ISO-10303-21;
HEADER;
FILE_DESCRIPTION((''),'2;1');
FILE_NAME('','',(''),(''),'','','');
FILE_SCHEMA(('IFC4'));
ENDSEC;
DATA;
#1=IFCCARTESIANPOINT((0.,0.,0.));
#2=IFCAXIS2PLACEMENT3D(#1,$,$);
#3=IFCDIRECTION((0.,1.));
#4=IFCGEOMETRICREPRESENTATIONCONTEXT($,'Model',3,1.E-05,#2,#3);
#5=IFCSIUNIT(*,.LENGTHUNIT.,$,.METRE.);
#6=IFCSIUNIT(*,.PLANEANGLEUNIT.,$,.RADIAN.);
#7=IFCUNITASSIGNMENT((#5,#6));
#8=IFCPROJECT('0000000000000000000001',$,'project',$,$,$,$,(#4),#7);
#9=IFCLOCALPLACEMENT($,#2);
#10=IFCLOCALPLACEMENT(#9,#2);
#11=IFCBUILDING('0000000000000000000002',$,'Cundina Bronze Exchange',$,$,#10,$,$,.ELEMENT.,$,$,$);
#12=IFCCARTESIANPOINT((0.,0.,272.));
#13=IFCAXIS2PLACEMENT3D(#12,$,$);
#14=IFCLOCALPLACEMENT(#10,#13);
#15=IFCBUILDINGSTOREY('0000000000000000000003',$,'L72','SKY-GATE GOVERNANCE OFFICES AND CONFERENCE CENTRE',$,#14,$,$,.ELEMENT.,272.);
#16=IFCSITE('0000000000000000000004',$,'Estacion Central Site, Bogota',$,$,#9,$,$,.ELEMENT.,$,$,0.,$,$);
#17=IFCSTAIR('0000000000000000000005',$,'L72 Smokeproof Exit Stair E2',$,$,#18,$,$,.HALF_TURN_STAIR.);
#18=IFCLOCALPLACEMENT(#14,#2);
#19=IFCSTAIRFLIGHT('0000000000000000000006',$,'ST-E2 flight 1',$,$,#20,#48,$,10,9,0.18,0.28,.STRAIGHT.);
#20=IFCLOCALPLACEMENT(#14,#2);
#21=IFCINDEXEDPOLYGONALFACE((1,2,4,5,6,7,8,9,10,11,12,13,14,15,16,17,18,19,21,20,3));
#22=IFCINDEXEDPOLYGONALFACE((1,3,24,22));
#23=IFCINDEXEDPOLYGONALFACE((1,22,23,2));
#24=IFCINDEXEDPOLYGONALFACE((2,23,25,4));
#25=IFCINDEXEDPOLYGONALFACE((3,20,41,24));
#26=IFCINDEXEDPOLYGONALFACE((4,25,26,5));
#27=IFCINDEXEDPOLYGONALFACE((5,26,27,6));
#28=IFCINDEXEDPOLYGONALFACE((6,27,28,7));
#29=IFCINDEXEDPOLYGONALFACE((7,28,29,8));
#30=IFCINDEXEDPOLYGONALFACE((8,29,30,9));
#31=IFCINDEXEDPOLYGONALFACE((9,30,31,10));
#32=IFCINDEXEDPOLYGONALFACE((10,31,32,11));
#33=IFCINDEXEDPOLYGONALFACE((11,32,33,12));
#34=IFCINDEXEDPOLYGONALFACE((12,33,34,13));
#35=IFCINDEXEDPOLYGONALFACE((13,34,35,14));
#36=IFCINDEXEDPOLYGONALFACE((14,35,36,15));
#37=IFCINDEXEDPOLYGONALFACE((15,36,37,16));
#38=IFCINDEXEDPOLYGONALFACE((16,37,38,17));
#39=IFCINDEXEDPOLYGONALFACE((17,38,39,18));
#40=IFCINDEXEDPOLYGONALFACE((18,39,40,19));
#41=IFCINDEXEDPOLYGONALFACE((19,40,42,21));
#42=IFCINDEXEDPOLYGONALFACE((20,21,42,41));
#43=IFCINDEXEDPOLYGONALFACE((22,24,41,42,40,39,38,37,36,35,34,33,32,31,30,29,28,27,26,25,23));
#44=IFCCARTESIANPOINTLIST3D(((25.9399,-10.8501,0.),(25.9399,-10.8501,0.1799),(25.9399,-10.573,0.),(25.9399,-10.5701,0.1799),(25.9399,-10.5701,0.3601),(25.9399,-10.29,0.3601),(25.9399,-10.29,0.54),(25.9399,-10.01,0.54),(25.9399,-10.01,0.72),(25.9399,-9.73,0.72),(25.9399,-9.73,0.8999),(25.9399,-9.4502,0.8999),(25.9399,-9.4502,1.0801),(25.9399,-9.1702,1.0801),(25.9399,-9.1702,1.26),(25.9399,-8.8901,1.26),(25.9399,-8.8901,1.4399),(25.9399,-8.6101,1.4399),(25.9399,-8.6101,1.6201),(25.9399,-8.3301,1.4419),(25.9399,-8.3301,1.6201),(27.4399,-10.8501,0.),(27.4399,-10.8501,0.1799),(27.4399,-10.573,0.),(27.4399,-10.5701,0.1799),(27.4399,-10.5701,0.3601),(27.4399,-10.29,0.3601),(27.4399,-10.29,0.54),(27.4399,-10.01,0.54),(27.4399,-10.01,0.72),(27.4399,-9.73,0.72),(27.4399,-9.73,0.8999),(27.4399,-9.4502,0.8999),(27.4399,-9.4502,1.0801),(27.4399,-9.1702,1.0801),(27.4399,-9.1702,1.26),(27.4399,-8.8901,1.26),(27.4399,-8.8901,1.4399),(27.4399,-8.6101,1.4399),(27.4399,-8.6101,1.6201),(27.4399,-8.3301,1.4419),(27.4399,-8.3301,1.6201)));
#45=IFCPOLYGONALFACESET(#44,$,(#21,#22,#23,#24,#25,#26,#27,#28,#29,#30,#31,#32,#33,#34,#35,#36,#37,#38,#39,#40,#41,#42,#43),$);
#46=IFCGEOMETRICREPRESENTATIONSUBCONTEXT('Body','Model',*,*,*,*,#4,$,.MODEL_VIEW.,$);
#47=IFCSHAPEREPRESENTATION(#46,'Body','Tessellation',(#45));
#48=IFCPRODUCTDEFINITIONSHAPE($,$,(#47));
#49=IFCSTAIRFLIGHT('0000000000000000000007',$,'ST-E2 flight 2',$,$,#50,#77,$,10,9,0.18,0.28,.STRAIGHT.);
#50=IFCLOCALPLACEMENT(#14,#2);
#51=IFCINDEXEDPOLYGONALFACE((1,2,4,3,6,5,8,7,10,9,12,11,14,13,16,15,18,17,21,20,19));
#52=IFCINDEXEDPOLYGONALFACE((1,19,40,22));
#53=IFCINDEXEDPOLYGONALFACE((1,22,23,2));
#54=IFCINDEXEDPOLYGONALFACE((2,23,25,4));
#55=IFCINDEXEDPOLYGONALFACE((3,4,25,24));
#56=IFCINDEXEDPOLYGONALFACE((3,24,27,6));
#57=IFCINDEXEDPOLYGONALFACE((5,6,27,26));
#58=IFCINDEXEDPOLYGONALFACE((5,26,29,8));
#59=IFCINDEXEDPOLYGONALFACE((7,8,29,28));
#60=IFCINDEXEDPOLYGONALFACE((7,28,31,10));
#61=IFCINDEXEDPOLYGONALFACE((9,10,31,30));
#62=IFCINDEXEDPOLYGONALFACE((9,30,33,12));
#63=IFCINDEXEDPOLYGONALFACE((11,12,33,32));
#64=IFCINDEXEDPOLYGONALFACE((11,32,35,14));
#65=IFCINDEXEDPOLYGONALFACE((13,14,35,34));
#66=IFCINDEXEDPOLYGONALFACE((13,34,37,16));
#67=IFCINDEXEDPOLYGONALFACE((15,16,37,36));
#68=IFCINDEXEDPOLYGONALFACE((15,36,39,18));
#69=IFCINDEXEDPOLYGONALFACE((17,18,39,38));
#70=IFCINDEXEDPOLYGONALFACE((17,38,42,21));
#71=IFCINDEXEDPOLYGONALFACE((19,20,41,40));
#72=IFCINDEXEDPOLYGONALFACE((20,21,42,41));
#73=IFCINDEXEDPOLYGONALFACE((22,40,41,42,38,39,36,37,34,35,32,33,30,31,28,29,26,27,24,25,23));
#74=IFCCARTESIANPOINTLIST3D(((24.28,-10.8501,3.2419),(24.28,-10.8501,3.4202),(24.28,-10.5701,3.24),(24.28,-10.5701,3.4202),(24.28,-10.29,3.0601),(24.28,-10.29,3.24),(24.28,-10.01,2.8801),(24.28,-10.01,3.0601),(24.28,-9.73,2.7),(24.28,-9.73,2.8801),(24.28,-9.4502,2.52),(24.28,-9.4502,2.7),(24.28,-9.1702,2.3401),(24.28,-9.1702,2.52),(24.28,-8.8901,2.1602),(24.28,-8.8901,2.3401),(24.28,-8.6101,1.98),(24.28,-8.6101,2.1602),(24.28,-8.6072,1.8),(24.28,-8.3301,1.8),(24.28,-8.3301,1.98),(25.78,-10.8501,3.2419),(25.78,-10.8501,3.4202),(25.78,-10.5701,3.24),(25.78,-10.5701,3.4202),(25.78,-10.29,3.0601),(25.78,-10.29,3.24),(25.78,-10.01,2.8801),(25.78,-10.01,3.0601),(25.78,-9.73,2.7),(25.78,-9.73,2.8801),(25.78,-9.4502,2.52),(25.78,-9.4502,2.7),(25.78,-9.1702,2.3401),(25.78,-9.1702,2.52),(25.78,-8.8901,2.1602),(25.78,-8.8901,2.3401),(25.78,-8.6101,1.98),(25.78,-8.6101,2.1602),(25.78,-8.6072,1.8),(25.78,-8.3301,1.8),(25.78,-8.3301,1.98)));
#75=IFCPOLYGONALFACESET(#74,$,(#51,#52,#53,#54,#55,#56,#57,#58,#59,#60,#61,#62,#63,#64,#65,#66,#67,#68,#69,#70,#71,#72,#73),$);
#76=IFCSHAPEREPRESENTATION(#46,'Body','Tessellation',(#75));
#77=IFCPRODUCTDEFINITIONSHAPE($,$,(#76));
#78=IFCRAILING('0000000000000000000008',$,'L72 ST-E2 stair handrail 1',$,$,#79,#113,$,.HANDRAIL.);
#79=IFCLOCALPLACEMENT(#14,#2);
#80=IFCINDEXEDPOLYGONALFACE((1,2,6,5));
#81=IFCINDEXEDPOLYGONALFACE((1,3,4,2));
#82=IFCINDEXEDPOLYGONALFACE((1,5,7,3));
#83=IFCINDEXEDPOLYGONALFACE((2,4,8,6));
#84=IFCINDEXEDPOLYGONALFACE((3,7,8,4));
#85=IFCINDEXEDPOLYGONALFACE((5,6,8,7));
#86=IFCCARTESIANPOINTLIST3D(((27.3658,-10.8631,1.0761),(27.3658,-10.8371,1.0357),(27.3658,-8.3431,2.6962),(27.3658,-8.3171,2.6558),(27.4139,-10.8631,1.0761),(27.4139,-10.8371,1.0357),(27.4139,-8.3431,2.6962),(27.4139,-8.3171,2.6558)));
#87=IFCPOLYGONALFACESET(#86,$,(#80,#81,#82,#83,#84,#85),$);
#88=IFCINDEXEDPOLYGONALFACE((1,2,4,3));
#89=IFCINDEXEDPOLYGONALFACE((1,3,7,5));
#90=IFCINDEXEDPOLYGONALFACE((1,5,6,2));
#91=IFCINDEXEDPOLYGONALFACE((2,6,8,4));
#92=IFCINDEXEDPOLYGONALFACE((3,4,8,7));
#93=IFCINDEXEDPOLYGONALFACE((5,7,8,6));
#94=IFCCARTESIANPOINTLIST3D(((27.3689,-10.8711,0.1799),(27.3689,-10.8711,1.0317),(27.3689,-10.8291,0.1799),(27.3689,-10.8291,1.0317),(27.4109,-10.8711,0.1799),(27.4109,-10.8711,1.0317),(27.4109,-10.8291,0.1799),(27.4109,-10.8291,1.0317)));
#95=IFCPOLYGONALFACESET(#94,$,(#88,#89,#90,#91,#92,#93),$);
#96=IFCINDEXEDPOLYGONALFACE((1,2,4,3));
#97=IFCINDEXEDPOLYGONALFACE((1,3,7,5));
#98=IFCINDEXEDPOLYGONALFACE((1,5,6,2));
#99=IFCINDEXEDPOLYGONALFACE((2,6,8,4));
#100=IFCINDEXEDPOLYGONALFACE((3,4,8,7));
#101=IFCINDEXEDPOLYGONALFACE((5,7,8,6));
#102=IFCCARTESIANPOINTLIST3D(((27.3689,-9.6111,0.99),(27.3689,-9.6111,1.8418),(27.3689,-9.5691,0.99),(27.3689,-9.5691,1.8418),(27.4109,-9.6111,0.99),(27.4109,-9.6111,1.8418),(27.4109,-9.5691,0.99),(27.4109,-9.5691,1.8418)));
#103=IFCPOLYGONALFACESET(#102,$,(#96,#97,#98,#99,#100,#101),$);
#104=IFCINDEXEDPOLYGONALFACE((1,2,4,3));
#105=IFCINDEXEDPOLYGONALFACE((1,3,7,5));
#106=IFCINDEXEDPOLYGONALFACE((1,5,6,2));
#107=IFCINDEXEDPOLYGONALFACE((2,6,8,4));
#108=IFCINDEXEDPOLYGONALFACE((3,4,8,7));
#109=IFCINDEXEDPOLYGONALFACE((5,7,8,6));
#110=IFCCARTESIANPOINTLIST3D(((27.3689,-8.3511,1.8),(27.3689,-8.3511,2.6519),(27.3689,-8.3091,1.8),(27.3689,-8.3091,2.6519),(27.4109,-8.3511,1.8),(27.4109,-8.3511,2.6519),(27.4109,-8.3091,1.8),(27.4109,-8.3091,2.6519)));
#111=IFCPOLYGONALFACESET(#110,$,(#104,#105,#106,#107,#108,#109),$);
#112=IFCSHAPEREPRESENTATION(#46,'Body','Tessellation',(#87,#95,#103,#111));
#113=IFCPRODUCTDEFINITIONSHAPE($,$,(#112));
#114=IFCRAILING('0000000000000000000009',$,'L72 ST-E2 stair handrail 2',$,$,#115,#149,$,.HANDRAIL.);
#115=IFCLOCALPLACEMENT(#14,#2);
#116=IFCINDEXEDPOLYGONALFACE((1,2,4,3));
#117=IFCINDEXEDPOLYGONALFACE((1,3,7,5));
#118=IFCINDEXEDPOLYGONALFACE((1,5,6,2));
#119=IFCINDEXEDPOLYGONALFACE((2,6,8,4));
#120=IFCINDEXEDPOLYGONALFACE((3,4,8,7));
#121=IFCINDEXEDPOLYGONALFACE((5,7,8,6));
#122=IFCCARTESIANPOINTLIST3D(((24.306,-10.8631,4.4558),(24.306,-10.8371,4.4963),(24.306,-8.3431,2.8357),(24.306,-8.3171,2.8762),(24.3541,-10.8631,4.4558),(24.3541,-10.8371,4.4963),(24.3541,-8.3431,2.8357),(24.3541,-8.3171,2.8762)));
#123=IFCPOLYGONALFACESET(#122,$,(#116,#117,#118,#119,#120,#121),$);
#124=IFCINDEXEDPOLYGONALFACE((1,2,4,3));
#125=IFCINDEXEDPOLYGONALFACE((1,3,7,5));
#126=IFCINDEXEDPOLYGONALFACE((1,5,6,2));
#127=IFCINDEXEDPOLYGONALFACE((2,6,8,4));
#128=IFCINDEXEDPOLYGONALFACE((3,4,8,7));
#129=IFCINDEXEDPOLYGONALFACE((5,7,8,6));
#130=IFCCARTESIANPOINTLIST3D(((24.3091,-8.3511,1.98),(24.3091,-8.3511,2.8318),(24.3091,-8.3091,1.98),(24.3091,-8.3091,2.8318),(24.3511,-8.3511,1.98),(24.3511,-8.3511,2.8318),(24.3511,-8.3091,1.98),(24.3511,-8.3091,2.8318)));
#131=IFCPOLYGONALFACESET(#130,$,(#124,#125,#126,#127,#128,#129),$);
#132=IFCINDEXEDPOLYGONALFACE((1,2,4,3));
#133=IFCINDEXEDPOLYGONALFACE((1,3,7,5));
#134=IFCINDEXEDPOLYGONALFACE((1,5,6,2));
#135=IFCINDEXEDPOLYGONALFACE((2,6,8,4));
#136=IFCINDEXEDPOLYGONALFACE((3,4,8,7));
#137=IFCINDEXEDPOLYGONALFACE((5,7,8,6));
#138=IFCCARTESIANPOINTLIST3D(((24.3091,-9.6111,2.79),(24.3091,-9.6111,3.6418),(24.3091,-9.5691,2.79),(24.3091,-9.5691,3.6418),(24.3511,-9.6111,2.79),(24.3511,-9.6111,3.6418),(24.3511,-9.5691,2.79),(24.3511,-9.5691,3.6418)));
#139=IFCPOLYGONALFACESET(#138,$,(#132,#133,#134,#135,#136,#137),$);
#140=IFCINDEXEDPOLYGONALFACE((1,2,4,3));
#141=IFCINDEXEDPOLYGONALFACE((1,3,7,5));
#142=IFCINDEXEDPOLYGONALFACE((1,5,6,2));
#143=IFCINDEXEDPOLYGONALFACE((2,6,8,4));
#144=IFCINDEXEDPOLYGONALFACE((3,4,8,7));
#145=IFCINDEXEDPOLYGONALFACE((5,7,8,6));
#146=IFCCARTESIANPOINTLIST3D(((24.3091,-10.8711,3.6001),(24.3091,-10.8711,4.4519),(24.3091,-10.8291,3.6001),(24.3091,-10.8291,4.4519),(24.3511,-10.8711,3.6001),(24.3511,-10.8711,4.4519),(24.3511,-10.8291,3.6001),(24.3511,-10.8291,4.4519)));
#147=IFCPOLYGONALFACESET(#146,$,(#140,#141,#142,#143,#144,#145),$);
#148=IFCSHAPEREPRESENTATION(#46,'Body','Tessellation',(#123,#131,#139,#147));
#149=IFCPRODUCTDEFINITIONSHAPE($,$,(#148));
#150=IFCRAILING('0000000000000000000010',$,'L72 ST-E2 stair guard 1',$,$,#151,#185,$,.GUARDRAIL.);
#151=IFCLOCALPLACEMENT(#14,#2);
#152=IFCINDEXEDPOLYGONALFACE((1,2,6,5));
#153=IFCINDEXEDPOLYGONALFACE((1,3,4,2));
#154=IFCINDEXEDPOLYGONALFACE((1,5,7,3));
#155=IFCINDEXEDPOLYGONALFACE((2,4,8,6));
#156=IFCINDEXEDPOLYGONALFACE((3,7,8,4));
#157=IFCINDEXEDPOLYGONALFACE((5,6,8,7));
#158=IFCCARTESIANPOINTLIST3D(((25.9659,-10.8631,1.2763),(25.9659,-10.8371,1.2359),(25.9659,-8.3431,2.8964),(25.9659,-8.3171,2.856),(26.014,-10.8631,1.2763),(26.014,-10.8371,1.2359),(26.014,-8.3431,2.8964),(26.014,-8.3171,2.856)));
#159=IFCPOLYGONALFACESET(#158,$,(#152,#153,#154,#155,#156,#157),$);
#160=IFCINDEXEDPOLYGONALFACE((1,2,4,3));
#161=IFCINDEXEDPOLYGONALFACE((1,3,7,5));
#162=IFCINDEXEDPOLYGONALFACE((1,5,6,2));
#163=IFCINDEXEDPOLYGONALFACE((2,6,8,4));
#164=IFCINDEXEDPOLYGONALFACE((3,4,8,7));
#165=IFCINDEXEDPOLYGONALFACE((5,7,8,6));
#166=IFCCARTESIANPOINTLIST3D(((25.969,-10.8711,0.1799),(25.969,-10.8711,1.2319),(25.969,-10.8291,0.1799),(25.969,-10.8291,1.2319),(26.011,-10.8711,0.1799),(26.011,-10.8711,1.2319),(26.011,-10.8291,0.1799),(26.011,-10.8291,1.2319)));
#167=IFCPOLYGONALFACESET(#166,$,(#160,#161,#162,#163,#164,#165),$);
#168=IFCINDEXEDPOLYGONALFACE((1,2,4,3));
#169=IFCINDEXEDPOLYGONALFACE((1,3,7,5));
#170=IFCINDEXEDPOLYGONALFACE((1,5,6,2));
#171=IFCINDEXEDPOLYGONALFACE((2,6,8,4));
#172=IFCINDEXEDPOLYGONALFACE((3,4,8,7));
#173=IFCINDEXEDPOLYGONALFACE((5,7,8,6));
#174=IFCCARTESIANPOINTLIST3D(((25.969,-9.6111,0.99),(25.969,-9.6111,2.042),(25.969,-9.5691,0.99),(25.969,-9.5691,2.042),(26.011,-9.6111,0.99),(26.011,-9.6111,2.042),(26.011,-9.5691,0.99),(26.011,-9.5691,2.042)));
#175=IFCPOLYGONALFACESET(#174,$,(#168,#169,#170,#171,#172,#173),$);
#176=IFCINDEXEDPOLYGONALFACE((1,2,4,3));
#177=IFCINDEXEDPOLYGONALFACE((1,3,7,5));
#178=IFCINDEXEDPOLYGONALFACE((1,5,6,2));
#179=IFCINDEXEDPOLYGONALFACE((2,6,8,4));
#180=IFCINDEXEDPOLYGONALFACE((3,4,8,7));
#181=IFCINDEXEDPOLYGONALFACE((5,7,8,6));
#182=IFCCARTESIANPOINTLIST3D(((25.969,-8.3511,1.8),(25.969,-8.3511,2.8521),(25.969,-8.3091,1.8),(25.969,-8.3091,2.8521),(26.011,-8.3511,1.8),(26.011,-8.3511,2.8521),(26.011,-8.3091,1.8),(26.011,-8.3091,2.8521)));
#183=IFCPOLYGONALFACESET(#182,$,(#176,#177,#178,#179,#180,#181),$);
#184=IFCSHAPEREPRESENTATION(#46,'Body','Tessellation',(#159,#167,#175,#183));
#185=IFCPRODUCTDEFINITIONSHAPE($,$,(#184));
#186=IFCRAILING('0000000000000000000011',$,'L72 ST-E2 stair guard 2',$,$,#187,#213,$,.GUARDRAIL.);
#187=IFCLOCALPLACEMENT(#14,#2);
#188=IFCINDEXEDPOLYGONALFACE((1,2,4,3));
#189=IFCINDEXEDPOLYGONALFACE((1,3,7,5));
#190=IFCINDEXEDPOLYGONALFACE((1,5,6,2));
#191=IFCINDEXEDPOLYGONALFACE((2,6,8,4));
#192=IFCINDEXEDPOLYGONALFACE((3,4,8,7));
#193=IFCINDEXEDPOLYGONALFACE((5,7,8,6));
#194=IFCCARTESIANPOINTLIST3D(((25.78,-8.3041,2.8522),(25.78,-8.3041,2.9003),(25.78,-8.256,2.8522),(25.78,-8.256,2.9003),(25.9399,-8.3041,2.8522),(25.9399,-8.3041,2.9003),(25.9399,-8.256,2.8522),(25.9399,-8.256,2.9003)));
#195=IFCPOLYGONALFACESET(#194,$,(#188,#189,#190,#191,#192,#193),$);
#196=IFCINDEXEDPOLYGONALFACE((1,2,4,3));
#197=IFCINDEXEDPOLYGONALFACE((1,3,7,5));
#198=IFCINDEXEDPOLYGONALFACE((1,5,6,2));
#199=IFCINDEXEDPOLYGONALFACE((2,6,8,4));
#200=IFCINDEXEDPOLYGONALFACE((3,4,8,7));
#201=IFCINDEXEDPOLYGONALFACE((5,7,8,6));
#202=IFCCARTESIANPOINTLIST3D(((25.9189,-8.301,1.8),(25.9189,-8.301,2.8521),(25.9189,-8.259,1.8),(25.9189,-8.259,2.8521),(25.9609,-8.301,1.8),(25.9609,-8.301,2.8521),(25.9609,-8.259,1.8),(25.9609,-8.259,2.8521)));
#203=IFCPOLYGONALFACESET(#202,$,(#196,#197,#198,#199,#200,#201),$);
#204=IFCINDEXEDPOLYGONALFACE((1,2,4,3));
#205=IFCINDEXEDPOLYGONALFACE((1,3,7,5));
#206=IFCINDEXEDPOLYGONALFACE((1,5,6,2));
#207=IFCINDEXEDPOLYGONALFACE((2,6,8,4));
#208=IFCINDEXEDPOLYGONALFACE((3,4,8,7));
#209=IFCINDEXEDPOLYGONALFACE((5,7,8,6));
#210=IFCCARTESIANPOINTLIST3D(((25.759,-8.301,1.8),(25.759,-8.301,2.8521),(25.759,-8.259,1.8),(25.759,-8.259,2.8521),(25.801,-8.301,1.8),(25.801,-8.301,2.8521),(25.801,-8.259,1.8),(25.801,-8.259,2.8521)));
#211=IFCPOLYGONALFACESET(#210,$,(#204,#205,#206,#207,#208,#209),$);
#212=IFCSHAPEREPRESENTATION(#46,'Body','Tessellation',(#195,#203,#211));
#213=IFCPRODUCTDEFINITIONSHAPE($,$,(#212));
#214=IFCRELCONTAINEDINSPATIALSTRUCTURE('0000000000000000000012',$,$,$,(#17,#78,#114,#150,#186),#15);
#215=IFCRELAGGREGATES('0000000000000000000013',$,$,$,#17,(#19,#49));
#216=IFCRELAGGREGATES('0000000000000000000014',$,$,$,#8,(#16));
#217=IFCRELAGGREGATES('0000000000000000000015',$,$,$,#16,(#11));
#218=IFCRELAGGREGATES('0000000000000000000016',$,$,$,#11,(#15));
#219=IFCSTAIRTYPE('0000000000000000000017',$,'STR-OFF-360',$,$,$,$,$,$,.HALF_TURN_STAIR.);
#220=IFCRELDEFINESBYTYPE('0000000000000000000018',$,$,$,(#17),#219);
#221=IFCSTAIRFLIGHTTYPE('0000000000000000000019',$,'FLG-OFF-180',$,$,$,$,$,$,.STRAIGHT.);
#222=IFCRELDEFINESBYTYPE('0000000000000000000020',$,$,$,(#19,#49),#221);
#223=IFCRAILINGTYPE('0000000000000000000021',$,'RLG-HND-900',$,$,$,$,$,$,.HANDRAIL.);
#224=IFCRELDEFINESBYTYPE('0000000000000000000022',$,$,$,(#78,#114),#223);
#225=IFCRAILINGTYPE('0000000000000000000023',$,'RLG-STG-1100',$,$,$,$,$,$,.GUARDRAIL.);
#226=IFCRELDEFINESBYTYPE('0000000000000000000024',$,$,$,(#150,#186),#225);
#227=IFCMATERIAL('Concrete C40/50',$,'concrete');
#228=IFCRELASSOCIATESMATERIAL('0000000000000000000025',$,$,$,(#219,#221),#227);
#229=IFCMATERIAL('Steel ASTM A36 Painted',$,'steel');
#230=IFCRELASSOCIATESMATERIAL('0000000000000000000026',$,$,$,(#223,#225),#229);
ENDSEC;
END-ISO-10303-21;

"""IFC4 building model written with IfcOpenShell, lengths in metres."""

from ifc_helpers import new_model, si_unit, direction, frame, origin, origin_2d, place, context, subcontext, project, spatial, polyline, rectangle, outline, extrude, material, type_object, element, aggregate, save


model = new_model("IFC4")

# Units and contexts
model_context = context("Model", 3, precision=1e-05, world=origin(), true_north=direction((0.0, 1.0)))
body_context = subcontext(model_context, "Body", "Model", "MODEL_VIEW")
ifc_project = project(units=[si_unit("LENGTHUNIT", "METRE"), si_unit("PLANEANGLEUNIT", "RADIAN")], contexts=[model_context])

# Site, building, storey
site_placement = place(None, origin())
site = spatial("IfcSite", under=ifc_project, at=site_placement, Name="Estacion Central Site, Bogota", CompositionType="ELEMENT", RefElevation=0.0)
building_placement = place(site_placement, origin())
building = spatial("IfcBuilding", under=site, at=building_placement, Name="Cundina Bronze Exchange", CompositionType="ELEMENT")
storey_placement = place(building_placement, frame((0.0, 0.0, 272.0)))
storey = spatial("IfcBuildingStorey", under=building, at=storey_placement, Name="L72", Description="SKY-GATE GOVERNANCE OFFICES AND CONFERENCE CENTRE", CompositionType="ELEMENT", Elevation=272.0)

# Shared definitions
ifc_material_1 = material(Name="Steel ASTM A36 Painted", Category="steel")

# Stair, stair flights
ifc_material_2 = material(Name="Concrete C40/50", Category="concrete")
stair_type = type_object("IfcStairType", Name="STR-OFF-360", PredefinedType="HALF_TURN_STAIR", material=ifc_material_2)
stair_placement = place(storey_placement, origin())
stair = element("IfcStair", 1, at=stair_placement, inside=storey, type_object=stair_type, Name="L72 Smokeproof Exit Stair E2", PredefinedType="HALF_TURN_STAIR")
stair_flight_type = type_object("IfcStairFlightType", Name="FLG-OFF-180", PredefinedType="STRAIGHT", material=ifc_material_2)
stair_flight_1_placement = place(storey_placement, frame((26.6899, -10.8501, 0.0), z_axis=(0.0, 0.0, 1.0), x_axis=(0.0, 1.0, 0.0)))
stair_flight_1 = element("IfcStairFlight", 2, at=stair_flight_1_placement, type_object=stair_flight_type, Name="ST-E2 flight 1", NumberOfRisers=10, NumberOfTreads=9, PredefinedType="STRAIGHT", RiserHeight=0.18, TreadLength=0.28, context=body_context, shape_type="SweptSolid", body=[
    extrude(outline(polyline([(0.0, 0.0), (0.0, 0.1799), (0.28, 0.1799), (0.28, 0.3601), (0.5601, 0.3601), (0.5601, 0.54), (0.8401, 0.54), (0.8401, 0.72), (1.1201, 0.72), (1.1201, 0.8999), (1.3999, 0.8999), (1.3999, 1.0801), (1.6799, 1.0801), (1.6799, 1.26), (1.96, 1.26), (1.96, 1.4399), (2.24, 1.4399), (2.24, 1.6201), (2.52, 1.6201), (2.52, 1.8), (2.52, 1.4419), (0.2771, 0.0), (0.0, 0.0)])), frame((0.0, 0.75, 0.0), z_axis=(0.0, -1.0, 0.0), x_axis=(1.0, 0.0, 0.0)), (0.0, 0.0, 1.0), 1.5),
])
stair_flight_2_placement = place(storey_placement, frame((25.03, -8.3301, 1.8), z_axis=(0.0, 0.0, 1.0), x_axis=(0.0, -1.0, 0.0)))
stair_flight_2 = element("IfcStairFlight", 3, at=stair_flight_2_placement, type_object=stair_flight_type, Name="ST-E2 flight 2", NumberOfRisers=10, NumberOfTreads=9, PredefinedType="STRAIGHT", RiserHeight=0.18, TreadLength=0.28, context=body_context, shape_type="SweptSolid", body=[
    extrude(outline(polyline([(0.0, 0.0), (0.0, 0.1799), (0.28, 0.1799), (0.28, 0.3601), (0.5601, 0.3601), (0.5601, 0.54), (0.8401, 0.54), (0.8401, 0.72), (1.1201, 0.72), (1.1201, 0.8999), (1.3999, 0.8999), (1.3999, 1.0801), (1.6799, 1.0801), (1.6799, 1.26), (1.96, 1.26), (1.96, 1.4399), (2.24, 1.4399), (2.24, 1.6201), (2.52, 1.6201), (2.52, 1.8), (2.52, 1.4419), (0.2771, 0.0), (0.0, 0.0)])), frame((0.0, 0.75, 0.0), z_axis=(0.0, -1.0, 0.0), x_axis=(1.0, 0.0, 0.0)), (0.0, 0.0, 1.0), 1.5),
])
aggregate(stair, [stair_flight_1, stair_flight_2])

# Railings
railing_type_1 = type_object("IfcRailingType", Name="RLG-HND-900", PredefinedType="HANDRAIL", material=ifc_material_1)
railing_1_placement = place(storey_placement, frame((27.3899, -10.8501, 0.1799)))
element("IfcRailing", 4, at=railing_1_placement, inside=storey, type_object=railing_type_1, Name="L72 ST-E2 stair handrail 1", PredefinedType="HANDRAIL", context=body_context, shape_type="SweptSolid", body=[
    extrude(rectangle(XDim=0.0481, YDim=0.0481, at=origin_2d()), frame((0.0, 0.0, 0.876), z_axis=(0.0, 0.841163, 0.540782), x_axis=(-1.0, 0.0, 0.0)), (0.0, 0.0, 1.0), 2.9958),
    extrude(rectangle(XDim=0.042, YDim=0.042, at=origin_2d()), origin(), (0.0, 0.0, 1.0), 0.8518),
    extrude(rectangle(XDim=0.042, YDim=0.042, at=origin_2d()), frame((0.0, 1.26, 0.8101)), (0.0, 0.0, 1.0), 0.8518),
    extrude(rectangle(XDim=0.042, YDim=0.042, at=origin_2d()), frame((0.0, 2.52, 1.6201)), (0.0, 0.0, 1.0), 0.8518),
])
railing_2_placement = place(storey_placement, frame((24.3301, -8.3301, 1.98)))
element("IfcRailing", 5, at=railing_2_placement, inside=storey, type_object=railing_type_1, Name="L72 ST-E2 stair handrail 2", PredefinedType="HANDRAIL", context=body_context, shape_type="SweptSolid", body=[
    extrude(rectangle(XDim=0.0481, YDim=0.0481, at=origin_2d()), frame((0.0, 0.0, 0.876), z_axis=(0.0, -0.841163, 0.540782), x_axis=(1.0, 0.0, 0.0)), (0.0, 0.0, 1.0), 2.9958),
    extrude(rectangle(XDim=0.042, YDim=0.042, at=origin_2d()), origin(), (0.0, 0.0, 1.0), 0.8518),
    extrude(rectangle(XDim=0.042, YDim=0.042, at=origin_2d()), frame((0.0, -1.26, 0.8101)), (0.0, 0.0, 1.0), 0.8518),
    extrude(rectangle(XDim=0.042, YDim=0.042, at=origin_2d()), frame((0.0, -2.52, 1.6201)), (0.0, 0.0, 1.0), 0.8518),
])
railing_type_2 = type_object("IfcRailingType", Name="RLG-STG-1100", PredefinedType="GUARDRAIL", material=ifc_material_1)
railing_3_placement = place(storey_placement, frame((25.99, -10.8501, 0.1799)))
element("IfcRailing", 6, at=railing_3_placement, inside=storey, type_object=railing_type_2, Name="L72 ST-E2 stair guard 1", PredefinedType="GUARDRAIL", context=body_context, shape_type="SweptSolid", body=[
    extrude(rectangle(XDim=0.0481, YDim=0.0481, at=origin_2d()), frame((0.0, 0.0, 1.0762), z_axis=(0.0, 0.841163, 0.540782), x_axis=(-1.0, 0.0, 0.0)), (0.0, 0.0, 1.0), 2.9958),
    extrude(rectangle(XDim=0.042, YDim=0.042, at=origin_2d()), origin(), (0.0, 0.0, 1.0), 1.052),
    extrude(rectangle(XDim=0.042, YDim=0.042, at=origin_2d()), frame((0.0, 1.26, 0.8101)), (0.0, 0.0, 1.0), 1.052),
    extrude(rectangle(XDim=0.042, YDim=0.042, at=origin_2d()), frame((0.0, 2.52, 1.6201)), (0.0, 0.0, 1.0), 1.052),
])
railing_4_placement = place(storey_placement, frame((25.9399, -8.28, 1.8)))
element("IfcRailing", 7, at=railing_4_placement, inside=storey, type_object=railing_type_2, Name="L72 ST-E2 stair guard 2", PredefinedType="GUARDRAIL", context=body_context, shape_type="SweptSolid", body=[
    extrude(rectangle(XDim=0.0481, YDim=0.0481, at=origin_2d()), frame((0.0, 0.0, 1.0762), z_axis=(-1.0, 0.0, 0.0), x_axis=(0.0, -1.0, 0.0)), (0.0, 0.0, 1.0), 0.1599),
    extrude(rectangle(XDim=0.042, YDim=0.042, at=origin_2d()), origin(), (0.0, 0.0, 1.0), 1.052),
    extrude(rectangle(XDim=0.042, YDim=0.042, at=origin_2d()), frame((-0.1599, 0.0, 0.0)), (0.0, 0.0, 1.0), 1.052),
])

save(model, "model.ifc")
